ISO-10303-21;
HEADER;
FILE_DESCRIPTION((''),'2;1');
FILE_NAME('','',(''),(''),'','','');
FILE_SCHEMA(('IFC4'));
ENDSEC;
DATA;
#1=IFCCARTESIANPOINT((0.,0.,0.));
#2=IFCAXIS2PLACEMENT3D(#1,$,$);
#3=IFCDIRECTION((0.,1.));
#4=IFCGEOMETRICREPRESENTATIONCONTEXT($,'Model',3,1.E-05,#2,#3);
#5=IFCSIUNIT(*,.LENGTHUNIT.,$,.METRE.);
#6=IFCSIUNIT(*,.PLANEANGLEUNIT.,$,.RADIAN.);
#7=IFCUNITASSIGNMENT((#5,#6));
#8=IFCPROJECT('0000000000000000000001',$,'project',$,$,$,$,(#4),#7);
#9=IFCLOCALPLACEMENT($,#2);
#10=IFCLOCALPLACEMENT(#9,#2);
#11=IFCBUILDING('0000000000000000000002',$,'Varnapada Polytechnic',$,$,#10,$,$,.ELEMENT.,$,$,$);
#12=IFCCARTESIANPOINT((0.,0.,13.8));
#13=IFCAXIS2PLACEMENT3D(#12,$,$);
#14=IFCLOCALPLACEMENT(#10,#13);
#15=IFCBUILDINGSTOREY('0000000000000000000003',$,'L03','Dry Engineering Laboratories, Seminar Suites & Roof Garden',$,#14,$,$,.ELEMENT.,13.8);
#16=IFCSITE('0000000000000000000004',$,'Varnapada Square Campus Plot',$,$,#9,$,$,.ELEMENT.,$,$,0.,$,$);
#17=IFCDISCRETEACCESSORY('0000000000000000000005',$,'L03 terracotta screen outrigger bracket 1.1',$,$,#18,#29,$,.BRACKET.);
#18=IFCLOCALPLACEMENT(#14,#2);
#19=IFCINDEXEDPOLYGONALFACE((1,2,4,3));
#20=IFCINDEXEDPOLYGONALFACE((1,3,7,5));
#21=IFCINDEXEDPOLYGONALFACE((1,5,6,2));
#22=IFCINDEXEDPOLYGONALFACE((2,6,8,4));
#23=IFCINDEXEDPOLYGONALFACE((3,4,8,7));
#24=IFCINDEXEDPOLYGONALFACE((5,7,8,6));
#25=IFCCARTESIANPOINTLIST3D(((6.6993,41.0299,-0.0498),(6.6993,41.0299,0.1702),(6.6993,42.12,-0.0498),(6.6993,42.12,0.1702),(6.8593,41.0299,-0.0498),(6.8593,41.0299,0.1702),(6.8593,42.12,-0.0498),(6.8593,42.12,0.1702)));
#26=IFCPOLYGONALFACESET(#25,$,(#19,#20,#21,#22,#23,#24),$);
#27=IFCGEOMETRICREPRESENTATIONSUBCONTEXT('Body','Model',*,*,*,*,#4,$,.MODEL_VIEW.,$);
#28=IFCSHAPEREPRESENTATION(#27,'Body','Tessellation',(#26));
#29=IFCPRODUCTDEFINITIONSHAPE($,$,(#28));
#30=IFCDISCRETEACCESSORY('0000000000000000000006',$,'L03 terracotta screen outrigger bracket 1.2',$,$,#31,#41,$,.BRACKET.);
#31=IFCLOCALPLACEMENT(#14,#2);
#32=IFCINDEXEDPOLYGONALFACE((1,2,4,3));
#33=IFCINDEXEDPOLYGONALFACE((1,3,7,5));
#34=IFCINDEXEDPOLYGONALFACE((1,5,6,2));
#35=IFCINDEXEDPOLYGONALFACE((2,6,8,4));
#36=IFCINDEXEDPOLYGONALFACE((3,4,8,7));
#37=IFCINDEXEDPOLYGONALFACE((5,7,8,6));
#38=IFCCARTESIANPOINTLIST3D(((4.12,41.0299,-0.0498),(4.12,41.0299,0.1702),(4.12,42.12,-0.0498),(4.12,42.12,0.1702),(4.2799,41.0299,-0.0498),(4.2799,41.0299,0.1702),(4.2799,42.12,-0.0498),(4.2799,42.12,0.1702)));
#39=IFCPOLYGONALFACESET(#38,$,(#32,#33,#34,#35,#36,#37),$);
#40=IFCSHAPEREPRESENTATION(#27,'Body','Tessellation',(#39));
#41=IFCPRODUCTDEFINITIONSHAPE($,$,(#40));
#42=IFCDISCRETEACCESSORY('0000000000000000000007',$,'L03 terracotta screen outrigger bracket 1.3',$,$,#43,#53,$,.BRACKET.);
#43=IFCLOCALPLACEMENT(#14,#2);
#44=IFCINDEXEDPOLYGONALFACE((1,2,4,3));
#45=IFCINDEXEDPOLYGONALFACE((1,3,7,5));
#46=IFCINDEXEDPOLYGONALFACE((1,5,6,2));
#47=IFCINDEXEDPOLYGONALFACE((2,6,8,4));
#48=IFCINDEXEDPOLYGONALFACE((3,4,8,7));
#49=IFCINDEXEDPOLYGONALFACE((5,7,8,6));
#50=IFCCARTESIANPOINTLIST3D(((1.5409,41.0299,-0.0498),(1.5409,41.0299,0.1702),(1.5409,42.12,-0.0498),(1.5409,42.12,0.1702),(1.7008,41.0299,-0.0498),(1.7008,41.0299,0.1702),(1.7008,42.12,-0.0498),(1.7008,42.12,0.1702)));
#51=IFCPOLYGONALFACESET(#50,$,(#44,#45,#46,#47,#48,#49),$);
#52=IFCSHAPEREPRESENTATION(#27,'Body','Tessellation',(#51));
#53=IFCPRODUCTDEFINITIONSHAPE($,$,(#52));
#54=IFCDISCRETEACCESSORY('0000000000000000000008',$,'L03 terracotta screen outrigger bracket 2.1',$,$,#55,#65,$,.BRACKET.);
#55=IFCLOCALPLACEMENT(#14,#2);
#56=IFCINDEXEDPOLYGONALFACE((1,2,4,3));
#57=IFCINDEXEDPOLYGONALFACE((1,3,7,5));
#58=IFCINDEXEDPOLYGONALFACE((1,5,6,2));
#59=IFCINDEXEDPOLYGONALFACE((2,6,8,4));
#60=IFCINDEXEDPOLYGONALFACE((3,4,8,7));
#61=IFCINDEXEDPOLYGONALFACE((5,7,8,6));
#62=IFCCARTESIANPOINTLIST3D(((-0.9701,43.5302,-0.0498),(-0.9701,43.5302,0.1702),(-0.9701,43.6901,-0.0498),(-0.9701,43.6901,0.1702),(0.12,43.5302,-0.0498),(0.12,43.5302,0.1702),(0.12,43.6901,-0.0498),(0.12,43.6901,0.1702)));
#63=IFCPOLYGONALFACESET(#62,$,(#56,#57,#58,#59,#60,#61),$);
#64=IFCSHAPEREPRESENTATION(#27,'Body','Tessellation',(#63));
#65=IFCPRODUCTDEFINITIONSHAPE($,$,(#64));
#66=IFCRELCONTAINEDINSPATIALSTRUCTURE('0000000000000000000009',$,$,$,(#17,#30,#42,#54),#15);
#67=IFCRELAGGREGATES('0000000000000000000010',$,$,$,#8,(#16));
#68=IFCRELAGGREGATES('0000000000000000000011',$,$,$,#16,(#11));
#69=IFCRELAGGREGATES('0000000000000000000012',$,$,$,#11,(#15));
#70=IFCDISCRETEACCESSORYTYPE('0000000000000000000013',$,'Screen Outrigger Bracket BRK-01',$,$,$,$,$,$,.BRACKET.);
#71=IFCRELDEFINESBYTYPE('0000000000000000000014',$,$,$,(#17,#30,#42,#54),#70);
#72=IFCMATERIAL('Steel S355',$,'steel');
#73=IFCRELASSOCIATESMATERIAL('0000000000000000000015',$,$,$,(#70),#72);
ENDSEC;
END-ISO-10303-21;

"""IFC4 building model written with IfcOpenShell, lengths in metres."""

from ifc_helpers import new_model, si_unit, direction, frame, origin, origin_2d, place, context, subcontext, project, spatial, rectangle, extrude, material, type_object, element, save


model = new_model("IFC4")

# Units and contexts
model_context = context("Model", 3, precision=1e-05, world=origin(), true_north=direction((0.0, 1.0)))
body_context = subcontext(model_context, "Body", "Model", "MODEL_VIEW")
ifc_project = project(units=[si_unit("LENGTHUNIT", "METRE"), si_unit("PLANEANGLEUNIT", "RADIAN")], contexts=[model_context])

# Site, building, storey
site_placement = place(None, origin())
site = spatial("IfcSite", under=ifc_project, at=site_placement, Name="Varnapada Square Campus Plot", CompositionType="ELEMENT", RefElevation=0.0)
building_placement = place(site_placement, origin())
building = spatial("IfcBuilding", under=site, at=building_placement, Name="Varnapada Polytechnic", CompositionType="ELEMENT")
storey_placement = place(building_placement, frame((0.0, 0.0, 13.8)))
storey = spatial("IfcBuildingStorey", under=building, at=storey_placement, Name="L03", Description="Dry Engineering Laboratories, Seminar Suites & Roof Garden", CompositionType="ELEMENT", Elevation=13.8)

# Discrete accessories
ifc_material_1 = material(Name="Steel S355", Category="steel")
discrete_accessory_type = type_object("IfcDiscreteAccessoryType", Name="Screen Outrigger Bracket BRK-01", PredefinedType="BRACKET", material=ifc_material_1)
for number, where, z_axis, x_axis, name in (
    (1, (6.7793, 41.575, -0.0498), (0.0, 0.0, 1.0), (-1.0, 0.0, 0.0), "L03 terracotta screen outrigger bracket 1.1"),
    (2, (4.2, 41.575, -0.0498), (0.0, 0.0, 1.0), (-1.0, 0.0, 0.0), "L03 terracotta screen outrigger bracket 1.2"),
    (3, (1.6208, 41.575, -0.0498), (0.0, 0.0, 1.0), (-1.0, 0.0, 0.0), "L03 terracotta screen outrigger bracket 1.3"),
    (4, (-0.425, 43.6101, -0.0498), (0.0, 0.0, 1.0), (0.0, 1.0, 0.0), "L03 terracotta screen outrigger bracket 2.1"),
):
    element("IfcDiscreteAccessory", number, at=place(storey_placement, frame(where, z_axis=z_axis, x_axis=x_axis)), inside=storey, type_object=discrete_accessory_type, Name=name, PredefinedType="BRACKET", context=body_context, shape_type="SweptSolid", body=[
        extrude(rectangle(XDim=0.1599, YDim=1.0901, at=origin_2d()), origin(), (0.0, 0.0, 1.0), 0.22),
    ])

save(model, "model.ifc")
